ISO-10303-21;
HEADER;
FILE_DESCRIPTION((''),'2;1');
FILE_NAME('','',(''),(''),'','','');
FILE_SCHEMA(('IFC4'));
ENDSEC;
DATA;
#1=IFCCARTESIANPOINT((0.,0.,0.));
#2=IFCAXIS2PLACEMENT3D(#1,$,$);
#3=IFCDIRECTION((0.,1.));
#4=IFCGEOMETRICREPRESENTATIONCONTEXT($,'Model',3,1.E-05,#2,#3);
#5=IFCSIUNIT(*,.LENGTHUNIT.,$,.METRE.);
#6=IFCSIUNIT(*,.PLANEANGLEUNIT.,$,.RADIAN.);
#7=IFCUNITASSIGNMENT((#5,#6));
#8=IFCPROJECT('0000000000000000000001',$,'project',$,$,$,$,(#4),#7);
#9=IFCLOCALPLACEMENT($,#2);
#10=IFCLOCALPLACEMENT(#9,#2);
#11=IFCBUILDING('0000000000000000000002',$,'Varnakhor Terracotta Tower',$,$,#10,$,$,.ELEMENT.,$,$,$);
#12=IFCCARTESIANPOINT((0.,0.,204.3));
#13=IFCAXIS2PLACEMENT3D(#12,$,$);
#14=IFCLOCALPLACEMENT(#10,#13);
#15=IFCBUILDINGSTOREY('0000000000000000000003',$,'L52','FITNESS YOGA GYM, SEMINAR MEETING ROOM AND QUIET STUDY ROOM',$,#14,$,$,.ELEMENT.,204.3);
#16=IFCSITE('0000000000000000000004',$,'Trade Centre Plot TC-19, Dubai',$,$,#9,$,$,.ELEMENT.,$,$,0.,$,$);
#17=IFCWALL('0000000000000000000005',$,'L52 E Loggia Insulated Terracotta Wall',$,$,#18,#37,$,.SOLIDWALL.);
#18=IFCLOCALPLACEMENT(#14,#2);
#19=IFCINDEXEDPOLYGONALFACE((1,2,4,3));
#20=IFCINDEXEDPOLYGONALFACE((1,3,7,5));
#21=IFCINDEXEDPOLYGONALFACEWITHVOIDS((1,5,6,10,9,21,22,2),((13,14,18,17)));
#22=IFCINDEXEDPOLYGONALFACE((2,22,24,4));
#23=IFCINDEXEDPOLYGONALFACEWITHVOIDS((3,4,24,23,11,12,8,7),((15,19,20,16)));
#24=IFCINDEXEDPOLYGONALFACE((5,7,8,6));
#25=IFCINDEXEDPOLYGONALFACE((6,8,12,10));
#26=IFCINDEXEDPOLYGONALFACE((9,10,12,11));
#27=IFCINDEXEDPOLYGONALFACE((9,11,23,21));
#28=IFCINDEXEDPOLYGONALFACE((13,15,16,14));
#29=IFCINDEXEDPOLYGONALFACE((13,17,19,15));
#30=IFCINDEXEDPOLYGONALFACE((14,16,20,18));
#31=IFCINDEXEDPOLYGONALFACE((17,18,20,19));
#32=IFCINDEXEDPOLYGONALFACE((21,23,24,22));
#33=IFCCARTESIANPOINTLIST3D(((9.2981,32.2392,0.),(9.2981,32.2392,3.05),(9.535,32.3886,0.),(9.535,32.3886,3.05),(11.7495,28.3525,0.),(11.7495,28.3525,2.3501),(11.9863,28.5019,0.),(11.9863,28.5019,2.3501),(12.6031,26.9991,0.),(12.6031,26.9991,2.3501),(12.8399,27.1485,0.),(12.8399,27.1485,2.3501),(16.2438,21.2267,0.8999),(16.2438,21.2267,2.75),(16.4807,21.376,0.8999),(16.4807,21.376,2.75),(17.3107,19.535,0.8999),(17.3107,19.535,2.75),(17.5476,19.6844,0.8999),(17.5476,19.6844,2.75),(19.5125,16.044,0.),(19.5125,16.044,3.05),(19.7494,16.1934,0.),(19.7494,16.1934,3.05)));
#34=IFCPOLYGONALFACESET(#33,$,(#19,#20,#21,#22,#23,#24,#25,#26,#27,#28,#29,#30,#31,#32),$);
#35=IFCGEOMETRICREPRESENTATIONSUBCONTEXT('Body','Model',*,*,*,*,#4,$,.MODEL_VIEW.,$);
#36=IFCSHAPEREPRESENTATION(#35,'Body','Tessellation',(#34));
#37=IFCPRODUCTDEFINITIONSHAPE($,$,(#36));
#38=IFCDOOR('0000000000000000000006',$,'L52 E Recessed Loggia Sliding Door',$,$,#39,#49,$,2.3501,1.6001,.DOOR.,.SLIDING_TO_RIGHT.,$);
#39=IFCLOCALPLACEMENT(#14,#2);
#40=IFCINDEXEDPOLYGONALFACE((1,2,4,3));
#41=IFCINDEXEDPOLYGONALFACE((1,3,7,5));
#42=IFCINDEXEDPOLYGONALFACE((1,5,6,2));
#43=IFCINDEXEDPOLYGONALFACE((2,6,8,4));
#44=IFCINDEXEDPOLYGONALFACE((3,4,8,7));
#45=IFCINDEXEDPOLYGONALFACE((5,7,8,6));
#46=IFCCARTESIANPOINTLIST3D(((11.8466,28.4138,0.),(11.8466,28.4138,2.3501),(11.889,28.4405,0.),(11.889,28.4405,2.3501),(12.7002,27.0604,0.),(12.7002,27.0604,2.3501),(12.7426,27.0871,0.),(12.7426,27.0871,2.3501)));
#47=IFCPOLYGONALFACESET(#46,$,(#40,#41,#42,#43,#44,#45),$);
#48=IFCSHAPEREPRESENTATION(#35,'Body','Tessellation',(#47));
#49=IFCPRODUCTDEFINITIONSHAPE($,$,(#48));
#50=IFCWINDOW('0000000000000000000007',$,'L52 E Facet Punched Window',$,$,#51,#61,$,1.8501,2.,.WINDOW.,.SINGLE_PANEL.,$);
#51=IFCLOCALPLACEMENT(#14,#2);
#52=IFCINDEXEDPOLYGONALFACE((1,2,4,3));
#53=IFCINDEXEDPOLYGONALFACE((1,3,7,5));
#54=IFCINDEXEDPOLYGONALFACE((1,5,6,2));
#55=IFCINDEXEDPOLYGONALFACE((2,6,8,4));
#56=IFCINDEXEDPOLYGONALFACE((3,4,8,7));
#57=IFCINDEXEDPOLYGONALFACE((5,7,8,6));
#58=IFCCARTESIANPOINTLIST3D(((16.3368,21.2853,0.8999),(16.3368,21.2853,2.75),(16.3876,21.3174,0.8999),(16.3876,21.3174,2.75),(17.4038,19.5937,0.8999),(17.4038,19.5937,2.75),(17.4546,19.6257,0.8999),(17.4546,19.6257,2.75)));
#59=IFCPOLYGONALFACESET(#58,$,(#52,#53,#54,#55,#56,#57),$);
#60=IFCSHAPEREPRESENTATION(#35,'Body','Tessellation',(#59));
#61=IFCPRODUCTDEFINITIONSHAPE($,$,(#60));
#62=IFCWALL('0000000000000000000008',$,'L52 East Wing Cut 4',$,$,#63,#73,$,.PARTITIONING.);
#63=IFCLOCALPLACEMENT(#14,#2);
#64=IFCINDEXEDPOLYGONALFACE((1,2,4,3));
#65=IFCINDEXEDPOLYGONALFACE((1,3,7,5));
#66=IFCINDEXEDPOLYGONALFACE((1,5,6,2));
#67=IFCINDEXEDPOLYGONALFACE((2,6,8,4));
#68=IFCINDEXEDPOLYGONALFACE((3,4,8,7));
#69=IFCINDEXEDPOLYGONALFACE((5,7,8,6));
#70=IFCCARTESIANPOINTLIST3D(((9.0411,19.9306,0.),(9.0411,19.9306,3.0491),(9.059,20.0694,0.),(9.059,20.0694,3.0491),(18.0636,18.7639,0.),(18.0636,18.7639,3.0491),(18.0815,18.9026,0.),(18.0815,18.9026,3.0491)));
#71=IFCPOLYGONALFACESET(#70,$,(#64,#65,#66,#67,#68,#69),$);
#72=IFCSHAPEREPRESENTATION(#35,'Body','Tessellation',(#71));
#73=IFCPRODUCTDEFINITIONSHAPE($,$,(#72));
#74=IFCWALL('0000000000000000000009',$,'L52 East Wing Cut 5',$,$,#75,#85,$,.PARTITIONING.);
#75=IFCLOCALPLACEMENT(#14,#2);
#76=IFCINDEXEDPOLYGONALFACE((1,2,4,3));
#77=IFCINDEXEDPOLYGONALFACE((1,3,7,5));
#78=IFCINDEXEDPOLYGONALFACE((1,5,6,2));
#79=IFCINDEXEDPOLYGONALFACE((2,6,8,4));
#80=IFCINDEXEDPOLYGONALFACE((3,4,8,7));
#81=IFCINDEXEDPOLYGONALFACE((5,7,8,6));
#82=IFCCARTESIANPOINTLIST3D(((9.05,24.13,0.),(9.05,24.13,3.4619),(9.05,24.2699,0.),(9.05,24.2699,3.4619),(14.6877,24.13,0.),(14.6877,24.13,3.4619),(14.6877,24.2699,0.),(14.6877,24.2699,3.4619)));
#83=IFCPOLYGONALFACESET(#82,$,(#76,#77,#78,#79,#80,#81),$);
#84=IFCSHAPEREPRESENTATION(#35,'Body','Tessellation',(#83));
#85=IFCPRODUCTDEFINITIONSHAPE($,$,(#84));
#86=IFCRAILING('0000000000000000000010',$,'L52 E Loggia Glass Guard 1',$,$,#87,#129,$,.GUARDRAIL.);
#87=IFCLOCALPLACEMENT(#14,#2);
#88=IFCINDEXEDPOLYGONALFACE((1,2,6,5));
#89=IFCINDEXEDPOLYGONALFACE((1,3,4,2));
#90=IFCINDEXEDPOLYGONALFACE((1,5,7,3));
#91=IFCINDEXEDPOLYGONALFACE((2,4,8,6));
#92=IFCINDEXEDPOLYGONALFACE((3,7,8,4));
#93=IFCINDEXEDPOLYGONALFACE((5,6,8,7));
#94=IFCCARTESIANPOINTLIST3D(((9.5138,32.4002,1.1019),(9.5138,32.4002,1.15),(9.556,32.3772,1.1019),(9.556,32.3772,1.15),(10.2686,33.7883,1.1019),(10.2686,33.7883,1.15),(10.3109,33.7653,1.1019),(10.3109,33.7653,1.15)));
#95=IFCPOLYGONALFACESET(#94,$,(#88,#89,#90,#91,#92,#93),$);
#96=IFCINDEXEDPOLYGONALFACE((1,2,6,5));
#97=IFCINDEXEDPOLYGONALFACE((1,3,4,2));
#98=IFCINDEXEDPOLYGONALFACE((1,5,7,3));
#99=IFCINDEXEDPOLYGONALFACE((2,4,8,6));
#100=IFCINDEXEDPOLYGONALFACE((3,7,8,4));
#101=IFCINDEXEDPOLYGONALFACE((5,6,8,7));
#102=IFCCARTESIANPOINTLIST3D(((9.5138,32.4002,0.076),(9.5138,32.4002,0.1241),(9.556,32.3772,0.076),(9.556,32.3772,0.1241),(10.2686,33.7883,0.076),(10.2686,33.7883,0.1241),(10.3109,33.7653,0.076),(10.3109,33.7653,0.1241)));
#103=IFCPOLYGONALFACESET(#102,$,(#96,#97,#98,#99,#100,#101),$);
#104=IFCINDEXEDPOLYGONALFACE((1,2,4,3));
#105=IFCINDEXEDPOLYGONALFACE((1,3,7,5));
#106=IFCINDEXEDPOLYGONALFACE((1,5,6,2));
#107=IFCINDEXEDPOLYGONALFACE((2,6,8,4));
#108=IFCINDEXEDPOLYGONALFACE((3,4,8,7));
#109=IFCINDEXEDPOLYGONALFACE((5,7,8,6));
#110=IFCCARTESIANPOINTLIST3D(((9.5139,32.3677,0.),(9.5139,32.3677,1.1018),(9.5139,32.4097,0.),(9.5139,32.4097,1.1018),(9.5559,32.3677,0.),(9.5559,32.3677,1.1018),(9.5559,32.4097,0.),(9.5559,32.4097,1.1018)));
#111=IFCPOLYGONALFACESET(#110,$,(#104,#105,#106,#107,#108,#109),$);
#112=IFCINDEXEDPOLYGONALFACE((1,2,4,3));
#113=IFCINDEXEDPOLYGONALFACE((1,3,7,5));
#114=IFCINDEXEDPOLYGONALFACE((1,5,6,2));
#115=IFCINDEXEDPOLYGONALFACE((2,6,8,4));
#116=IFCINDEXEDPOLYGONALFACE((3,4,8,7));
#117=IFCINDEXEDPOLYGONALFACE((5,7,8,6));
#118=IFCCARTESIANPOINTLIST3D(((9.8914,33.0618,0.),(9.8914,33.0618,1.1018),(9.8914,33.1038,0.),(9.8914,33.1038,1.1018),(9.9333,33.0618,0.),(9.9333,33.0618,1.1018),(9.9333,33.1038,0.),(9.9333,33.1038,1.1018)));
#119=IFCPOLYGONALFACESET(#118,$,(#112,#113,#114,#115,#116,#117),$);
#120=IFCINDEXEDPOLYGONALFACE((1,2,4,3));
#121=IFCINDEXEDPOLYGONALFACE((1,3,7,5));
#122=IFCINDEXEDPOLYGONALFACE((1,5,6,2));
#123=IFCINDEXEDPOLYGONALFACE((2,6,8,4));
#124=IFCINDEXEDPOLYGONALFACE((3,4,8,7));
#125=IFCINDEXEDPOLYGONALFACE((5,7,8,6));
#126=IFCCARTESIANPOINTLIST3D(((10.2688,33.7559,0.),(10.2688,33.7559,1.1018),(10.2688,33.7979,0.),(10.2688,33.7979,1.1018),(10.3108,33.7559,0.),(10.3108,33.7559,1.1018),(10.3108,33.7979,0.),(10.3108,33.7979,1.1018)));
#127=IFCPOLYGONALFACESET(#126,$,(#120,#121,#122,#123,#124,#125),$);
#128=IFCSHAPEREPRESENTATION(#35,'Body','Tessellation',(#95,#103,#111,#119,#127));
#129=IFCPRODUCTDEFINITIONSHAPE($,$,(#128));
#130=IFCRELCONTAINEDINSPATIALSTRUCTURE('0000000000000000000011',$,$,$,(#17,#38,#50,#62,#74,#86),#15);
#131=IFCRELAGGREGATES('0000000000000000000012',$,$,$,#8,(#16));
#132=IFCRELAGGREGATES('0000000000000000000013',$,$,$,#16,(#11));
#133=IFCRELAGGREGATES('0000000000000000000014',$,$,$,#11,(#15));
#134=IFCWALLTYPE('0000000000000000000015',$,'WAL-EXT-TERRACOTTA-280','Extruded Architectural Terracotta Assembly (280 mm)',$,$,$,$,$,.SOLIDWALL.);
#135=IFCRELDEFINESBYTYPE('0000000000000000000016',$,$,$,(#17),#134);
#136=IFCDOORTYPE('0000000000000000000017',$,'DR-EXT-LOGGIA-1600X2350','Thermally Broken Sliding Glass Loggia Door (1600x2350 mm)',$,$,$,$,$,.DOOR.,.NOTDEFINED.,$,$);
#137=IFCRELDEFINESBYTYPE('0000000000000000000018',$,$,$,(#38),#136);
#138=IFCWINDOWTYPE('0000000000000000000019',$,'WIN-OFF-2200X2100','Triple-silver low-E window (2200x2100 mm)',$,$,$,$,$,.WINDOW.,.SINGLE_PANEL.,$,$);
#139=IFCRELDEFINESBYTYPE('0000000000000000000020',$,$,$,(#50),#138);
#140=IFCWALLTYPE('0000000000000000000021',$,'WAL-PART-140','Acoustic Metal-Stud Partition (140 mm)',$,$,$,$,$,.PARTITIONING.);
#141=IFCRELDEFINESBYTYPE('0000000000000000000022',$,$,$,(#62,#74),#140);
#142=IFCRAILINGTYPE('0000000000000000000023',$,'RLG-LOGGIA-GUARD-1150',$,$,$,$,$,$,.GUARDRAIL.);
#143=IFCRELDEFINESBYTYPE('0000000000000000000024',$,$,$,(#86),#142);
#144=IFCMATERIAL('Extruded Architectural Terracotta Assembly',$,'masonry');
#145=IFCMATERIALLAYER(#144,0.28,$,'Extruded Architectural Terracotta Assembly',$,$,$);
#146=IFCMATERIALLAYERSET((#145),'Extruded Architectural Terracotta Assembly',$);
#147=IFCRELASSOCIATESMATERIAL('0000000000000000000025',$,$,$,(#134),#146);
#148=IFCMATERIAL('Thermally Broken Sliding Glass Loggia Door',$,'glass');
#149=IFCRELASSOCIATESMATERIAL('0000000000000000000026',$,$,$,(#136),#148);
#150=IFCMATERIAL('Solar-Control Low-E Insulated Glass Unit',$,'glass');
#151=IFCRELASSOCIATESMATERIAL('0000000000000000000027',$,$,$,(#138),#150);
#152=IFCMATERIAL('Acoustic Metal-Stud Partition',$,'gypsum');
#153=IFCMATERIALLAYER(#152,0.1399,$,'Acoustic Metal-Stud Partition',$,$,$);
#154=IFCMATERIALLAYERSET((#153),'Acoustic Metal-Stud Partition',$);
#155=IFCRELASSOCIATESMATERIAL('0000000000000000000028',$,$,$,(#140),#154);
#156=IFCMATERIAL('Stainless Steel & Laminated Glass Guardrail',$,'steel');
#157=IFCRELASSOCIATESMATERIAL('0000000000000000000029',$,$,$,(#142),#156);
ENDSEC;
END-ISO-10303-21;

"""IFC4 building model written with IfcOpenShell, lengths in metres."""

from ifc_helpers import new_model, si_unit, direction, frame, frame_2d, origin, origin_2d, place, context, subcontext, project, spatial, rectangle, extrude, source, transform, mapped, material, layer, layer_set, type_object, type_shapes, element, fill, save


model = new_model("IFC4")

# Units and contexts
model_context = context("Model", 3, precision=1e-05, world=origin(), true_north=direction((0.0, 1.0)))
body_context = subcontext(model_context, "Body", "Model", "MODEL_VIEW")
ifc_project = project(units=[si_unit("LENGTHUNIT", "METRE"), si_unit("PLANEANGLEUNIT", "RADIAN")], contexts=[model_context])

# Site, building, storey
site_placement = place(None, origin())
site = spatial("IfcSite", under=ifc_project, at=site_placement, Name="Trade Centre Plot TC-19, Dubai", CompositionType="ELEMENT", RefElevation=0.0)
building_placement = place(site_placement, origin())
building = spatial("IfcBuilding", under=site, at=building_placement, Name="Varnakhor Terracotta Tower", CompositionType="ELEMENT")
storey_placement = place(building_placement, frame((0.0, 0.0, 204.3)))
storey = spatial("IfcBuildingStorey", under=building, at=storey_placement, Name="L52", Description="FITNESS YOGA GYM, SEMINAR MEETING ROOM AND QUIET STUDY ROOM", CompositionType="ELEMENT", Elevation=204.3)

# Wall, openings, door, window
ifc_material_1 = material(Name="Extruded Architectural Terracotta Assembly", Category="masonry")
ifc_layer_1 = layer(ifc_material_1, 0.28, Name="Extruded Architectural Terracotta Assembly")
ifc_layer_set_1 = layer_set([ifc_layer_1], Name="Extruded Architectural Terracotta Assembly")
wall_type_1 = type_object("IfcWallType", Name="WAL-EXT-TERRACOTTA-280", Description="Extruded Architectural Terracotta Assembly (280 mm)", PredefinedType="SOLIDWALL", material=ifc_layer_set_1)
wall_1_placement = place(storey_placement, frame((9.4165, 32.314, 0.0), z_axis=(0.0, 0.0, 1.0), x_axis=(0.533466, -0.845821, 0.0)))
wall_1 = element("IfcWall", 1, at=wall_1_placement, inside=storey, type_object=wall_type_1, Name="L52 E Loggia Insulated Terracotta Wall", PredefinedType="SOLIDWALL", context=body_context, shape_type="SweptSolid", body=[
    extrude(rectangle(XDim=19.1472, YDim=0.28, at=frame_2d((9.5737, 0.0))), origin(), (0.0, 0.0, 1.0), 3.05),
])
opening_1_placement = place(wall_1_placement, frame((4.5952, 0.0, 0.0)))
opening_1 = element("IfcOpeningElement", 2, at=opening_1_placement, cuts=wall_1, PredefinedType="OPENING", context=body_context, shape_type="SweptSolid", body=[
    extrude(rectangle(XDim=1.6001, YDim=2.3501, at=frame_2d((0.8, 1.175))), frame((0.0, 0.1499, 0.0), z_axis=(0.0, -1.0, 0.0), x_axis=(1.0, 0.0, 0.0)), (0.0, 0.0, 1.0), 0.3),
])
opening_2_placement = place(wall_1_placement, frame((13.02, 0.0, 0.8999)))
opening_2 = element("IfcOpeningElement", 3, at=opening_2_placement, cuts=wall_1, PredefinedType="OPENING", context=body_context, shape_type="SweptSolid", body=[
    extrude(rectangle(XDim=2.0, YDim=1.8501, at=frame_2d((1.0, 0.925))), frame((0.0, 0.1499, 0.0), z_axis=(0.0, -1.0, 0.0), x_axis=(1.0, 0.0, 0.0)), (0.0, 0.0, 1.0), 0.3),
])
ifc_material_2 = material(Name="Thermally Broken Sliding Glass Loggia Door", Category="glass")
door_type = type_object("IfcDoorType", Name="DR-EXT-LOGGIA-1600X2350", Description="Thermally Broken Sliding Glass Loggia Door (1600x2350 mm)", OperationType="NOTDEFINED", PredefinedType="DOOR", material=ifc_material_2)
shared_shape_1 = source(origin(), body_context, "Body", "SweptSolid", [
    extrude(rectangle(XDim=1.6001, YDim=2.3501, at=frame_2d((0.8, 1.175))), frame((0.0, 0.0249, 0.0), z_axis=(0.0, -1.0, 0.0), x_axis=(1.0, 0.0, 0.0)), (0.0, 0.0, 1.0), 0.05),
])
type_shapes(door_type, [shared_shape_1])
door_placement = place(opening_1_placement, origin())
door = element("IfcDoor", 4, at=door_placement, inside=storey, type_object=door_type, Name="L52 E Recessed Loggia Sliding Door", OperationType="SLIDING_TO_RIGHT", OverallHeight=2.3501, OverallWidth=1.6001, PredefinedType="DOOR", context=body_context, shape_type="MappedRepresentation", body=[
    mapped(shared_shape_1, transform((0.0, 0.0, 0.0), scale=1.0)),
])
fill(opening_1, door)
ifc_material_3 = material(Name="Solar-Control Low-E Insulated Glass Unit", Category="glass")
window_type = type_object("IfcWindowType", Name="WIN-OFF-2200X2100", Description="Triple-silver low-E window (2200x2100 mm)", PartitioningType="SINGLE_PANEL", PredefinedType="WINDOW", material=ifc_material_3)
shared_shape_2 = source(origin(), body_context, "Body", "SweptSolid", [
    extrude(rectangle(XDim=2.0, YDim=1.8501, at=frame_2d((1.0, 0.925))), frame((0.0, 0.03, 0.0), z_axis=(0.0, -1.0, 0.0), x_axis=(1.0, 0.0, 0.0)), (0.0, 0.0, 1.0), 0.0601),
])
type_shapes(window_type, [shared_shape_2])
window_placement = place(opening_2_placement, origin())
window = element("IfcWindow", 5, at=window_placement, inside=storey, type_object=window_type, Name="L52 E Facet Punched Window", OverallHeight=1.8501, OverallWidth=2.0, PartitioningType="SINGLE_PANEL", PredefinedType="WINDOW", context=body_context, shape_type="MappedRepresentation", body=[
    mapped(shared_shape_2, transform((0.0, 0.0, 0.0), scale=1.0)),
])
fill(opening_2, window)

# Walls
ifc_material_4 = material(Name="Acoustic Metal-Stud Partition", Category="gypsum")
ifc_layer_2 = layer(ifc_material_4, 0.1399, Name="Acoustic Metal-Stud Partition")
ifc_layer_set_2 = layer_set([ifc_layer_2], Name="Acoustic Metal-Stud Partition")
wall_type_2 = type_object("IfcWallType", Name="WAL-PART-140", Description="Acoustic Metal-Stud Partition (140 mm)", PredefinedType="PARTITIONING", material=ifc_layer_set_2)
wall_2_placement = place(storey_placement, frame((9.05, 20.0, 0.0), z_axis=(0.0, 0.0, 1.0), x_axis=(0.991742, -0.128248, 0.0)))
element("IfcWall", 6, at=wall_2_placement, inside=storey, type_object=wall_type_2, Name="L52 East Wing Cut 4", PredefinedType="PARTITIONING", context=body_context, shape_type="SweptSolid", body=[
    extrude(rectangle(XDim=9.0977, YDim=0.1399, at=frame_2d((4.5488, 0.0))), origin(), (0.0, 0.0, 1.0), 3.0491),
])
wall_3_placement = place(storey_placement, frame((9.05, 24.2, 0.0), z_axis=(0.0, 0.0, 1.0), x_axis=(1.0, 0.0, 0.0)))
element("IfcWall", 7, at=wall_3_placement, inside=storey, type_object=wall_type_2, Name="L52 East Wing Cut 5", PredefinedType="PARTITIONING", context=body_context, shape_type="SweptSolid", body=[
    extrude(rectangle(XDim=5.6377, YDim=0.1399, at=frame_2d((2.8188, 0.0))), origin(), (0.0, 0.0, 1.0), 3.4619),
])

# Railing
ifc_material_5 = material(Name="Stainless Steel & Laminated Glass Guardrail", Category="steel")
railing_type = type_object("IfcRailingType", Name="RLG-LOGGIA-GUARD-1150", PredefinedType="GUARDRAIL", material=ifc_material_5)
railing_1_placement = place(storey_placement, frame((9.5349, 32.3887, 0.0)))
element("IfcRailing", 8, at=railing_1_placement, inside=storey, type_object=railing_type, Name="L52 E Loggia Glass Guard 1", PredefinedType="GUARDRAIL", context=body_context, shape_type="SweptSolid", body=[
    extrude(rectangle(XDim=0.0481, YDim=0.0481, at=origin_2d()), frame((0.0, 0.0, 1.126), z_axis=(0.477726, 0.878509, 0.0), x_axis=(-0.878509, 0.477726, 0.0)), (0.0, 0.0, 1.0), 1.5801),
    extrude(rectangle(XDim=0.0481, YDim=0.0481, at=origin_2d()), frame((0.0, 0.0, 0.1001), z_axis=(0.477726, 0.878509, 0.0), x_axis=(-0.878509, 0.477726, 0.0)), (0.0, 0.0, 1.0), 1.5801),
    extrude(rectangle(XDim=0.042, YDim=0.042, at=origin_2d()), origin(), (0.0, 0.0, 1.0), 1.1018),
    extrude(rectangle(XDim=0.042, YDim=0.042, at=origin_2d()), frame((0.3774, 0.6941, 0.0)), (0.0, 0.0, 1.0), 1.1018),
    extrude(rectangle(XDim=0.042, YDim=0.042, at=origin_2d()), frame((0.7549, 1.3882, 0.0)), (0.0, 0.0, 1.0), 1.1018),
])

save(model, "model.ifc")
